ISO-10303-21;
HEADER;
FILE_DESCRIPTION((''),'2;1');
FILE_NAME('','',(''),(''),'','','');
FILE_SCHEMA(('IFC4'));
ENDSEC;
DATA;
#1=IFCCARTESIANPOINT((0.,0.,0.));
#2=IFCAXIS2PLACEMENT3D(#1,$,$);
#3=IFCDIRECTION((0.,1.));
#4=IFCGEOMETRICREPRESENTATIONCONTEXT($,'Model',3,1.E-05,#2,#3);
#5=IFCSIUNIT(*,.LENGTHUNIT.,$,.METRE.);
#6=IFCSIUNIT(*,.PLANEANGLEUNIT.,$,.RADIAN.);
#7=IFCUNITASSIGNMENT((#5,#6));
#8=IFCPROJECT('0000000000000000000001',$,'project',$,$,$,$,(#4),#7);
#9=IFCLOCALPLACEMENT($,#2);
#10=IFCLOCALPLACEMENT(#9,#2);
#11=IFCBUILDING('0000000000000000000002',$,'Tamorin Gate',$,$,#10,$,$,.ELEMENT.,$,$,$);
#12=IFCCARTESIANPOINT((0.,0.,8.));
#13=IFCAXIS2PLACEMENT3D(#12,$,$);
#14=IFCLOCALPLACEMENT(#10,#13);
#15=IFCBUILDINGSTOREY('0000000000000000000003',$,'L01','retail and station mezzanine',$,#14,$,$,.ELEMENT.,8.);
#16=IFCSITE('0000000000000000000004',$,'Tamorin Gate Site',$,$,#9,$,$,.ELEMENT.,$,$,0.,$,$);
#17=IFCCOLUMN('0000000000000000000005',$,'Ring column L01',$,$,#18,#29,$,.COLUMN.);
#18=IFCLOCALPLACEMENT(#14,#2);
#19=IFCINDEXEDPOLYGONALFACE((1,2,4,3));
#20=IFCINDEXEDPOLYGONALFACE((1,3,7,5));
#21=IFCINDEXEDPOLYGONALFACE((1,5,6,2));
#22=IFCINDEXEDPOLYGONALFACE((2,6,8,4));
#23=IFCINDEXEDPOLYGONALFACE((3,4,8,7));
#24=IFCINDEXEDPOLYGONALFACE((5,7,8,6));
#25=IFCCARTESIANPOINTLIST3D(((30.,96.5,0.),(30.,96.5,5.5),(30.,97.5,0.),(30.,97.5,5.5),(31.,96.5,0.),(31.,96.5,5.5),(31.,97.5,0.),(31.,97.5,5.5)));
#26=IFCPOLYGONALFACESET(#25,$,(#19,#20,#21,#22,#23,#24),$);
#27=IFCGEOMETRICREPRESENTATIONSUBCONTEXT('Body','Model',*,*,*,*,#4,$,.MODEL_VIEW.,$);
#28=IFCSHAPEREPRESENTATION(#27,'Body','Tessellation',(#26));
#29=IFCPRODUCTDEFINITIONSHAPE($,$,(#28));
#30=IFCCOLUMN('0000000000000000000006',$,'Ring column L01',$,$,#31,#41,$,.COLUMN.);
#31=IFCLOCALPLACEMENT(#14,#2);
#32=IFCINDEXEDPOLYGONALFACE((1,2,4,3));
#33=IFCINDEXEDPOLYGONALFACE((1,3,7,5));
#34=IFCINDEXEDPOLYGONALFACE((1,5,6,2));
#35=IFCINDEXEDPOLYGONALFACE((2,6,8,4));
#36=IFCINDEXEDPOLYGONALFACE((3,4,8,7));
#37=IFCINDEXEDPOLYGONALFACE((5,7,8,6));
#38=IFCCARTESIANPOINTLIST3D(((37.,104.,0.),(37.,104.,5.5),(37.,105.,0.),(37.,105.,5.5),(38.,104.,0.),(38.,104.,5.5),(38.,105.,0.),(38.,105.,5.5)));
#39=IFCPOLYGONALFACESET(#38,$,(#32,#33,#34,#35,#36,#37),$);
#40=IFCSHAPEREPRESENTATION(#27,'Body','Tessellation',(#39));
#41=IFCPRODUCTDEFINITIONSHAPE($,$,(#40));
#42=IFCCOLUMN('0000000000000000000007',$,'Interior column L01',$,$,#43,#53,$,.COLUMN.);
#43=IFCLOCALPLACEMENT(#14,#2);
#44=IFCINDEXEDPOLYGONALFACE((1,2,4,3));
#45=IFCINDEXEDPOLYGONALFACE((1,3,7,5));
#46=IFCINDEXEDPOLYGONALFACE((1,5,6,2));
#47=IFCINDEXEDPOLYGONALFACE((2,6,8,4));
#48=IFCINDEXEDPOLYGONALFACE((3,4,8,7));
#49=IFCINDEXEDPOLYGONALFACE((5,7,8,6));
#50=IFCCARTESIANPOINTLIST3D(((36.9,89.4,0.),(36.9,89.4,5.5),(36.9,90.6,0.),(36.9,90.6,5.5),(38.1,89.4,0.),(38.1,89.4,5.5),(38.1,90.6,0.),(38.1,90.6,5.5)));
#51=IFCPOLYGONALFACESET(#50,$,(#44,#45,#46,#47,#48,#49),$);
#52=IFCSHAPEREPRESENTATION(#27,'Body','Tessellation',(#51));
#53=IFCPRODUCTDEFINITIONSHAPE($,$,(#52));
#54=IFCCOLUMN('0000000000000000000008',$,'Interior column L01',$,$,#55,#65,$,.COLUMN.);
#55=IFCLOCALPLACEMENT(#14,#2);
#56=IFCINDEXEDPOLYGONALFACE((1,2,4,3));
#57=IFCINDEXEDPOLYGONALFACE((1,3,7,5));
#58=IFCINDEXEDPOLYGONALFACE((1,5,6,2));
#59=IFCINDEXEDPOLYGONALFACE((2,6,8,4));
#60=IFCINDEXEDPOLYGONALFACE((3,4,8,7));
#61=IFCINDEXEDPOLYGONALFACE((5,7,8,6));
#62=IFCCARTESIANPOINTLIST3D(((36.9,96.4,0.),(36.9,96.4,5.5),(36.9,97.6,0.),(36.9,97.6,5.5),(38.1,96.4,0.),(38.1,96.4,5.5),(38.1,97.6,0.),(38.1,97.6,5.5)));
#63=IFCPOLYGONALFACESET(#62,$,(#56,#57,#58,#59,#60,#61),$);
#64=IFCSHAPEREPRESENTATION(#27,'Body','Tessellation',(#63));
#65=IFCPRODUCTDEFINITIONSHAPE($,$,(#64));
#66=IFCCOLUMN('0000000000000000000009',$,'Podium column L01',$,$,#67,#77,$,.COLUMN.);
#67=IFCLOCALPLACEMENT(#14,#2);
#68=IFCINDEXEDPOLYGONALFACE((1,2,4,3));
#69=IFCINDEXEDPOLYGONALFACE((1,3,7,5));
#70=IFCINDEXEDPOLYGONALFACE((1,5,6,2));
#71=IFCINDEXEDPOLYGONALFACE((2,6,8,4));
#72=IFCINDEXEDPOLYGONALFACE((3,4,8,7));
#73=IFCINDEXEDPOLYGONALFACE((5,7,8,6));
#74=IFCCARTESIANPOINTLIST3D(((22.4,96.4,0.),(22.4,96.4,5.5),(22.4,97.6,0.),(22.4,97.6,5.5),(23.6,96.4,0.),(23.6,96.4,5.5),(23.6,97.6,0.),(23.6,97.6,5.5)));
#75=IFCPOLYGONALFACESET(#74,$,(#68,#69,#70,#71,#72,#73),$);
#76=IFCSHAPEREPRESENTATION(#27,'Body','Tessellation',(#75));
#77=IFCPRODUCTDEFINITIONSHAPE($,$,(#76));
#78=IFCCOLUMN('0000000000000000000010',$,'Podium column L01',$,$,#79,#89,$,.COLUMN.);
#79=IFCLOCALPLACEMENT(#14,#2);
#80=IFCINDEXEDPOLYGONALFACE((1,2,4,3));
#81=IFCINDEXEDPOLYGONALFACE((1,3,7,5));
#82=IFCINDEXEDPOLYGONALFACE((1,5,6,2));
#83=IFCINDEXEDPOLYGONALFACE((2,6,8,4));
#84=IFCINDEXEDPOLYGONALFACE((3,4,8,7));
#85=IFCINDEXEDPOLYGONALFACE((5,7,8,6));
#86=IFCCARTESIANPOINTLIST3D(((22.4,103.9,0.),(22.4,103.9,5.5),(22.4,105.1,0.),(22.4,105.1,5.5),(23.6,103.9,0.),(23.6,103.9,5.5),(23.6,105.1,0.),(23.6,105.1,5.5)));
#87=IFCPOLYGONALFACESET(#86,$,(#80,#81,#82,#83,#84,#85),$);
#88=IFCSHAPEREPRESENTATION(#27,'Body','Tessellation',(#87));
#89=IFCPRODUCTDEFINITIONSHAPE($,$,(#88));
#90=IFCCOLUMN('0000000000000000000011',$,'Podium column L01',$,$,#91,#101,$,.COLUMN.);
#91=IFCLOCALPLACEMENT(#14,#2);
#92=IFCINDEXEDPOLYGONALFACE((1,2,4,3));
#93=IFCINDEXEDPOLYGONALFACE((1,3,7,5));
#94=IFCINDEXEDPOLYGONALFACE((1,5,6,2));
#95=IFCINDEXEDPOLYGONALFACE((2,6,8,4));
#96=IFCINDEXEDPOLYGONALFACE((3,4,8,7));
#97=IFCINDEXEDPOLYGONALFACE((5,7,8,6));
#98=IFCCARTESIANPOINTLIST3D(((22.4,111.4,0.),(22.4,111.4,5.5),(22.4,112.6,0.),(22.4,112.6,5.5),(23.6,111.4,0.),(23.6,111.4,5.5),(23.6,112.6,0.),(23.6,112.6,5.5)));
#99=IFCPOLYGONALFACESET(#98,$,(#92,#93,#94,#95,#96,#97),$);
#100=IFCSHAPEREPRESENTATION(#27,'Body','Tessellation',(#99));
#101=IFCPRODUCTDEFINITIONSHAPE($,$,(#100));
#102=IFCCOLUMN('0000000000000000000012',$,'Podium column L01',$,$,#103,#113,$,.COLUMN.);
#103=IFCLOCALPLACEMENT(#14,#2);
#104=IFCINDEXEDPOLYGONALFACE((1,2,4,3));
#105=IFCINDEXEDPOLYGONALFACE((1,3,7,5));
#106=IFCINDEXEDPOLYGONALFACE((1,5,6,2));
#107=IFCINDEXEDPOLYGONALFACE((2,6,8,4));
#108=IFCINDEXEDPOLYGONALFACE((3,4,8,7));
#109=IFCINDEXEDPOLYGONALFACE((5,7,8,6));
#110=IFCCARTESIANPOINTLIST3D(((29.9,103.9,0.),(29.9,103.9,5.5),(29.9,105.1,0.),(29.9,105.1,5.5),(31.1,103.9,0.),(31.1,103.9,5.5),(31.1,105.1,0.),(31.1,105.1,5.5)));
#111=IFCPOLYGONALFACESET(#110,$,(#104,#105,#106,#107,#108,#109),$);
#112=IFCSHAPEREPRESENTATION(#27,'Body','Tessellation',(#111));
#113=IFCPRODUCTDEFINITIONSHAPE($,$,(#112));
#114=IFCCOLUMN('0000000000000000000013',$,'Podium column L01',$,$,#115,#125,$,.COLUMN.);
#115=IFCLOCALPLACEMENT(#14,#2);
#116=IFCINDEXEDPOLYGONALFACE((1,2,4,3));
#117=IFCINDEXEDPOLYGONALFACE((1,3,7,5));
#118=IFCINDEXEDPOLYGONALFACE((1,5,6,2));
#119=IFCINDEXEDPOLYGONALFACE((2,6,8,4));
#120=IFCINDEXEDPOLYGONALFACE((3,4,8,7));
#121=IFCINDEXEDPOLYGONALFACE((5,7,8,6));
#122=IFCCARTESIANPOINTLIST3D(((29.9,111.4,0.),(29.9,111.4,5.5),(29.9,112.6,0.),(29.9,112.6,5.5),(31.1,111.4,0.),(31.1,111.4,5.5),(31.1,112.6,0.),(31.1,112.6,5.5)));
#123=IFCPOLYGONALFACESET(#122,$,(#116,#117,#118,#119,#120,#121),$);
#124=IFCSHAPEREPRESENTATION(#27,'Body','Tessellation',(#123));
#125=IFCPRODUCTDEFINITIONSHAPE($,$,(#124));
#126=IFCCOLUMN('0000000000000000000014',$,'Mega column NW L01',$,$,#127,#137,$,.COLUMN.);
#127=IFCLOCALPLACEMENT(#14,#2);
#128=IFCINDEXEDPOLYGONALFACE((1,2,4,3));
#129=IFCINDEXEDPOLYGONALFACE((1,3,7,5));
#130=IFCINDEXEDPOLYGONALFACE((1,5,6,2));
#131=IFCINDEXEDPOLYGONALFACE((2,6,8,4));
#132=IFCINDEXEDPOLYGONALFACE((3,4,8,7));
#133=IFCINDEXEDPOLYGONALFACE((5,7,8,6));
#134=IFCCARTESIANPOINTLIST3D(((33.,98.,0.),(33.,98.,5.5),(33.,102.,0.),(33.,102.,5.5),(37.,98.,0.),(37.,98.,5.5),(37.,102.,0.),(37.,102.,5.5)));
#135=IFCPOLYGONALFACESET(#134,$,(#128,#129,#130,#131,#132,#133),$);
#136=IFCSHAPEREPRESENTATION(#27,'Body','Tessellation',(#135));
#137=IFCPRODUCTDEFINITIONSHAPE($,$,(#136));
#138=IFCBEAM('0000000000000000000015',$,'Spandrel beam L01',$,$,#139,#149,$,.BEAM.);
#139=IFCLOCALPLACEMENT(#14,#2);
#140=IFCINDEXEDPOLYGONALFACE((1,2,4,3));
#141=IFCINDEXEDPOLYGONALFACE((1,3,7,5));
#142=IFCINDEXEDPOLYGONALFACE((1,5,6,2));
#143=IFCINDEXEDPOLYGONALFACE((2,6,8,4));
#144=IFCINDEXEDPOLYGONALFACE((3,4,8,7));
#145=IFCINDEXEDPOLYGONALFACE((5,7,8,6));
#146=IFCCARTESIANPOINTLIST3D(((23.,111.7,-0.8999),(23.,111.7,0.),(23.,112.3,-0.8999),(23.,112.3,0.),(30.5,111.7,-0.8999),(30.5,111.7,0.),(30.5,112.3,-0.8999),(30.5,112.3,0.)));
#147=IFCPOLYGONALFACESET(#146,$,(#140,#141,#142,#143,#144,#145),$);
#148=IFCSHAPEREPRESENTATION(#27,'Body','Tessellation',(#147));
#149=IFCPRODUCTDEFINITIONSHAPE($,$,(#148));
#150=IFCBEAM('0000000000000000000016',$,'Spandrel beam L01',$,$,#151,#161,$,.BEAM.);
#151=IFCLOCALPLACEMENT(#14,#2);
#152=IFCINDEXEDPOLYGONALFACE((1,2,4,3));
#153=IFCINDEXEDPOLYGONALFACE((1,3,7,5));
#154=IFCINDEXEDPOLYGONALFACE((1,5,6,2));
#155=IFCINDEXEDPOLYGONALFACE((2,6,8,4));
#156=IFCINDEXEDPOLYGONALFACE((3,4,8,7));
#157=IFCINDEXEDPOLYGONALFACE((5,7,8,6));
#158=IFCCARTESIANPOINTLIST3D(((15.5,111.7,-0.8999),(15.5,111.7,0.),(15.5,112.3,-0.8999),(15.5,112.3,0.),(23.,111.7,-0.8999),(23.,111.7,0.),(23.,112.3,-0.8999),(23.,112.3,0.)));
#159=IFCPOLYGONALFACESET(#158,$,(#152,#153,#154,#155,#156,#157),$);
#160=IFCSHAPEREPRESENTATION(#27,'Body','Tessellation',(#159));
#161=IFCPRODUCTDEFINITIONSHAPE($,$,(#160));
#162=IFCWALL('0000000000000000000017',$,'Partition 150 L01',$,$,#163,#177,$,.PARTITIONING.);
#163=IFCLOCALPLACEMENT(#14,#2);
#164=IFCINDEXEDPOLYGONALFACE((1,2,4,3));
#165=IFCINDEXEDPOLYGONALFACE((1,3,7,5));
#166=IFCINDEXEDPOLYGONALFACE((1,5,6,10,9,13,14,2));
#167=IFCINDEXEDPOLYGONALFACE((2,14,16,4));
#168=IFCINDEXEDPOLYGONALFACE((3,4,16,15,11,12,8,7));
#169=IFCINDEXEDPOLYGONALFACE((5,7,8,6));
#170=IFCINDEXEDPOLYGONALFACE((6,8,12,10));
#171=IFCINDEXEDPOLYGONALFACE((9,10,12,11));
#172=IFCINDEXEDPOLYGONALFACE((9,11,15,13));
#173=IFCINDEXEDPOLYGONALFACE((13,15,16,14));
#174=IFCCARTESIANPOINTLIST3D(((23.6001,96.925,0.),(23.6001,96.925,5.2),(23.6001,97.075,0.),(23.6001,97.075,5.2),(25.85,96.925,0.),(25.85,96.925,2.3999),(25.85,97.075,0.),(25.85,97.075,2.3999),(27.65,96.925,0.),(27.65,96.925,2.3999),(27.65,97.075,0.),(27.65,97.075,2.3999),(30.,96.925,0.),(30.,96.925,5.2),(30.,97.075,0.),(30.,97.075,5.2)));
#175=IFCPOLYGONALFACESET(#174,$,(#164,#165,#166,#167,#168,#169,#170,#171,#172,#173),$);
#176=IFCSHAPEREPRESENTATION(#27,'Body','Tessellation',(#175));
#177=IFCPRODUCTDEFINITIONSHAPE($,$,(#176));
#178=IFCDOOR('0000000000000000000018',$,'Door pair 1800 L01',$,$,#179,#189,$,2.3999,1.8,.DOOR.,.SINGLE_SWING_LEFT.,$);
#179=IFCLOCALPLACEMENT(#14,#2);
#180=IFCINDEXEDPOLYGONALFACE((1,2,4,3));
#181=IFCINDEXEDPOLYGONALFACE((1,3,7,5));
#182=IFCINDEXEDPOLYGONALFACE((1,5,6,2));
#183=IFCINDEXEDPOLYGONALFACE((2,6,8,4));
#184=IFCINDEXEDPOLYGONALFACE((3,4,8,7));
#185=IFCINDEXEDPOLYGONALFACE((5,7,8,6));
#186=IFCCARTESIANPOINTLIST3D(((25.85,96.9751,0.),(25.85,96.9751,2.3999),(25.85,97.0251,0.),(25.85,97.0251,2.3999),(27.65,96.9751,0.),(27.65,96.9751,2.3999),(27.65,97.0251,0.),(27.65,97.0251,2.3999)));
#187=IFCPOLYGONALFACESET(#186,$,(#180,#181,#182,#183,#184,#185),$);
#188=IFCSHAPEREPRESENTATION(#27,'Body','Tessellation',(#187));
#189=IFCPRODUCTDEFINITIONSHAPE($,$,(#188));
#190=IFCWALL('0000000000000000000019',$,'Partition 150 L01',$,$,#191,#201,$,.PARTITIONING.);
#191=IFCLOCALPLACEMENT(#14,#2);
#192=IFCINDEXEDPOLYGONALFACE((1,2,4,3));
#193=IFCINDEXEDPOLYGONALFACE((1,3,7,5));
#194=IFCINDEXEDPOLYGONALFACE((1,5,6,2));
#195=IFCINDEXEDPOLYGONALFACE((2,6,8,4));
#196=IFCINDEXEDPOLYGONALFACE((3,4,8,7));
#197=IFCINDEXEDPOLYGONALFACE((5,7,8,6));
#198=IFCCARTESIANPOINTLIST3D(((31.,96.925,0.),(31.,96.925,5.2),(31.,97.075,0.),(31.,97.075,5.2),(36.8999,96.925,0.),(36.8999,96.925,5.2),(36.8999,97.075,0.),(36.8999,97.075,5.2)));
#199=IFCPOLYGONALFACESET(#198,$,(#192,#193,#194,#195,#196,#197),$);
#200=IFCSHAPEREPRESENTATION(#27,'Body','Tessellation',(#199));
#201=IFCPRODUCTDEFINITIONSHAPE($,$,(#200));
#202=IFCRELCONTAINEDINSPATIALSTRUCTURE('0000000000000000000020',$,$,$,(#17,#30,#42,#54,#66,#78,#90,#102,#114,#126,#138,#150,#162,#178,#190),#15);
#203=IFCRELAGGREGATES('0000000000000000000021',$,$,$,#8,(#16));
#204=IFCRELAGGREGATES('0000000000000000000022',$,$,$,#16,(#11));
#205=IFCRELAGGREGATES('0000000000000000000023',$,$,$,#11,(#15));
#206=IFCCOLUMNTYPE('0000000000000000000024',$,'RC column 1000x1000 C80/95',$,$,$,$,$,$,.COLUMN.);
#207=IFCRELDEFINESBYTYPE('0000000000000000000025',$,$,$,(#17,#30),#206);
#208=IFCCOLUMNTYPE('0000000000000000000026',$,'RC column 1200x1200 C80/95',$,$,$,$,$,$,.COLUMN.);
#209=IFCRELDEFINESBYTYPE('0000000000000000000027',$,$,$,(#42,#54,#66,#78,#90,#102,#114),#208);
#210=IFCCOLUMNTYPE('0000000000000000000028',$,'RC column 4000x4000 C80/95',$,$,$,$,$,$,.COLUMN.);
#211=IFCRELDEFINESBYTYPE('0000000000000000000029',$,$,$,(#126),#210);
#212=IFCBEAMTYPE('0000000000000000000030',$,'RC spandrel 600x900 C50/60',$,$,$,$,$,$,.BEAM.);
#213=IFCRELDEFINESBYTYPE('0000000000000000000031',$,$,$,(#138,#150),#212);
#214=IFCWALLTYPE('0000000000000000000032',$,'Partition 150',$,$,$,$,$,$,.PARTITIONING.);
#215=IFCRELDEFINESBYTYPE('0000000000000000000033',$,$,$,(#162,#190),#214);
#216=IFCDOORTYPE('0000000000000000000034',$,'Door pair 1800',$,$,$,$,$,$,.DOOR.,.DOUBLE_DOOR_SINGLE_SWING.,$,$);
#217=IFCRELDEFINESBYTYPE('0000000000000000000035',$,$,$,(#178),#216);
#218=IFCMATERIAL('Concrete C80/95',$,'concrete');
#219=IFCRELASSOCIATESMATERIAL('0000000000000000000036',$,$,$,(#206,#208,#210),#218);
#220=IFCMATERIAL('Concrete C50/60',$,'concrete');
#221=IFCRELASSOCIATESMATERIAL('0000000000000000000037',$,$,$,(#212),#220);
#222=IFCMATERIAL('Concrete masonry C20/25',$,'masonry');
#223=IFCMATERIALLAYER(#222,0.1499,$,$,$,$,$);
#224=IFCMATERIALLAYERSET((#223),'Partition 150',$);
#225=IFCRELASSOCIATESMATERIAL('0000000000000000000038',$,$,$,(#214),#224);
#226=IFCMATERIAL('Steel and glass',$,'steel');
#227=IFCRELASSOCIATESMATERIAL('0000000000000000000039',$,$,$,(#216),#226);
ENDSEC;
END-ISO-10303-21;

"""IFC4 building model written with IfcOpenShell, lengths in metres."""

from ifc_helpers import new_model, si_unit, direction, frame, frame_2d, origin, origin_2d, place, context, subcontext, project, spatial, rectangle, extrude, material, layer, layer_set, material_profile, profile_set, type_object, element, fill, save


model = new_model("IFC4")

# Units and contexts
model_context = context("Model", 3, precision=1e-05, world=origin(), true_north=direction((0.0, 1.0)))
body_context = subcontext(model_context, "Body", "Model", "MODEL_VIEW")
ifc_project = project(units=[si_unit("LENGTHUNIT", "METRE"), si_unit("PLANEANGLEUNIT", "RADIAN")], contexts=[model_context])

# Site, building, storey
site_placement = place(None, origin())
site = spatial("IfcSite", under=ifc_project, at=site_placement, Name="Tamorin Gate Site", CompositionType="ELEMENT", RefElevation=0.0)
building_placement = place(site_placement, origin())
building = spatial("IfcBuilding", under=site, at=building_placement, Name="Tamorin Gate", CompositionType="ELEMENT")
storey_placement = place(building_placement, frame((0.0, 0.0, 8.0)))
storey = spatial("IfcBuildingStorey", under=building, at=storey_placement, Name="L01", Description="retail and station mezzanine", CompositionType="ELEMENT", Elevation=8.0)

# Columns
ifc_material_1 = material(Name="Concrete C80/95", Category="concrete")
ifc_material_profile_1 = material_profile(ifc_material_1, rectangle(XDim=1.0, YDim=1.0, at=origin_2d()), Name="RC 1000x1000")
ifc_profile_set_1 = profile_set([ifc_material_profile_1], Name="Concrete C80/95")
column_type_1 = type_object("IfcColumnType", Name="RC column 1000x1000 C80/95", PredefinedType="COLUMN", material=ifc_profile_set_1)
for number, where, z_axis, x_axis, name in (
    (1, (30.5, 97.0, 0.0), (0.0, 0.0, 1.0), (1.0, 0.0, 0.0), "Ring column L01"),
    (2, (37.5, 104.5, 0.0), (0.0, 0.0, 1.0), (1.0, 0.0, 0.0), "Ring column L01"),
):
    element("IfcColumn", number, at=place(storey_placement, frame(where, z_axis=z_axis, x_axis=x_axis)), inside=storey, type_object=column_type_1, Name=name, PredefinedType="COLUMN", context=body_context, shape_type="SweptSolid", body=[
        extrude(rectangle(XDim=1.0, YDim=1.0, at=origin_2d()), origin(), (0.0, 0.0, 1.0), 5.5),
    ])
ifc_material_profile_2 = material_profile(ifc_material_1, rectangle(XDim=1.2, YDim=1.2, at=origin_2d()), Name="RC 1200x1200")
ifc_profile_set_2 = profile_set([ifc_material_profile_2], Name="Concrete C80/95")
column_type_2 = type_object("IfcColumnType", Name="RC column 1200x1200 C80/95", PredefinedType="COLUMN", material=ifc_profile_set_2)
for number, where, z_axis, x_axis, name in (
    (3, (37.5, 90.0, 0.0), (0.0, 0.0, 1.0), (1.0, 0.0, 0.0), "Interior column L01"),
    (4, (37.5, 97.0, 0.0), (0.0, 0.0, 1.0), (1.0, 0.0, 0.0), "Interior column L01"),
    (5, (23.0, 97.0, 0.0), (0.0, 0.0, 1.0), (1.0, 0.0, 0.0), "Podium column L01"),
    (6, (23.0, 104.5, 0.0), (0.0, 0.0, 1.0), (1.0, 0.0, 0.0), "Podium column L01"),
    (7, (23.0, 112.0, 0.0), (0.0, 0.0, 1.0), (1.0, 0.0, 0.0), "Podium column L01"),
    (8, (30.5, 104.5, 0.0), (0.0, 0.0, 1.0), (1.0, 0.0, 0.0), "Podium column L01"),
    (9, (30.5, 112.0, 0.0), (0.0, 0.0, 1.0), (1.0, 0.0, 0.0), "Podium column L01"),
):
    element("IfcColumn", number, at=place(storey_placement, frame(where, z_axis=z_axis, x_axis=x_axis)), inside=storey, type_object=column_type_2, Name=name, PredefinedType="COLUMN", context=body_context, shape_type="SweptSolid", body=[
        extrude(rectangle(XDim=1.2, YDim=1.2, at=origin_2d()), origin(), (0.0, 0.0, 1.0), 5.5),
    ])
ifc_material_profile_3 = material_profile(ifc_material_1, rectangle(XDim=4.0, YDim=4.0, at=origin_2d()), Name="RC 4000x4000")
ifc_profile_set_3 = profile_set([ifc_material_profile_3], Name="Concrete C80/95")
column_type_3 = type_object("IfcColumnType", Name="RC column 4000x4000 C80/95", PredefinedType="COLUMN", material=ifc_profile_set_3)
column_placement = place(storey_placement, frame((35.0, 100.0, 0.0), z_axis=(0.0, 0.0, 1.0), x_axis=(1.0, 0.0, 0.0)))
element("IfcColumn", 10, at=column_placement, inside=storey, type_object=column_type_3, Name="Mega column NW L01", PredefinedType="COLUMN", context=body_context, shape_type="SweptSolid", body=[
    extrude(rectangle(XDim=4.0, YDim=4.0, at=origin_2d()), origin(), (0.0, 0.0, 1.0), 5.5),
])

# Beams
ifc_material_2 = material(Name="Concrete C50/60", Category="concrete")
ifc_material_profile_4 = material_profile(ifc_material_2, rectangle(XDim=0.6001, YDim=0.8999, at=origin_2d()), Name="RC 600x900")
ifc_profile_set_4 = profile_set([ifc_material_profile_4], Name="Concrete C50/60")
beam_type = type_object("IfcBeamType", Name="RC spandrel 600x900 C50/60", PredefinedType="BEAM", material=ifc_profile_set_4)
for number, where, z_axis, x_axis, name in (
    (11, (30.5, 112.0, -0.45), (-1.0, 0.0, 0.0), (0.0, -1.0, 0.0), "Spandrel beam L01"),
    (12, (23.0, 112.0, -0.45), (-1.0, 0.0, 0.0), (0.0, -1.0, 0.0), "Spandrel beam L01"),
):
    element("IfcBeam", number, at=place(storey_placement, frame(where, z_axis=z_axis, x_axis=x_axis)), inside=storey, type_object=beam_type, Name=name, PredefinedType="BEAM", context=body_context, shape_type="SweptSolid", body=[
        extrude(rectangle(XDim=0.6001, YDim=0.8999, at=origin_2d()), origin(), (0.0, 0.0, 1.0), 7.5),
    ])

# Wall, opening, door
ifc_material_3 = material(Name="Concrete masonry C20/25", Category="masonry")
ifc_layer_1 = layer(ifc_material_3, 0.1499)
ifc_layer_set_1 = layer_set([ifc_layer_1], Name="Partition 150")
wall_type_1 = type_object("IfcWallType", Name="Partition 150", PredefinedType="PARTITIONING", material=ifc_layer_set_1)
wall_1_placement = place(storey_placement, frame((30.0, 97.0, 0.0), z_axis=(0.0, 0.0, 1.0), x_axis=(-1.0, 0.0, 0.0)))
wall_1 = element("IfcWall", 13, at=wall_1_placement, inside=storey, type_object=wall_type_1, Name="Partition 150 L01", PredefinedType="PARTITIONING", context=body_context, shape_type="SweptSolid", body=[
    extrude(rectangle(XDim=6.3999, YDim=0.1499, at=frame_2d((3.2, 0.0))), origin(), (0.0, 0.0, 1.0), 5.2),
])
opening_1_placement = place(wall_1_placement, frame((2.3501, 0.0, 0.0)))
opening_1 = element("IfcOpeningElement", 14, at=opening_1_placement, cuts=wall_1, PredefinedType="OPENING", context=body_context, shape_type="SweptSolid", body=[
    extrude(rectangle(XDim=1.8, YDim=2.3999, at=frame_2d((0.8999, 1.2))), frame((0.0, 0.085, 0.0), z_axis=(0.0, -1.0, 0.0), x_axis=(1.0, 0.0, 0.0)), (0.0, 0.0, 1.0), 0.1699),
])
ifc_material_4 = material(Name="Steel and glass", Category="steel")
door_type = type_object("IfcDoorType", Name="Door pair 1800", OperationType="DOUBLE_DOOR_SINGLE_SWING", PredefinedType="DOOR", material=ifc_material_4)
door_placement = place(opening_1_placement, origin())
door = element("IfcDoor", 15, at=door_placement, inside=storey, type_object=door_type, Name="Door pair 1800 L01", OperationType="SINGLE_SWING_LEFT", OverallHeight=2.3999, OverallWidth=1.8, PredefinedType="DOOR", context=body_context, shape_type="SweptSolid", body=[
    extrude(rectangle(XDim=1.8, YDim=2.3999, at=frame_2d((0.8999, 1.2))), frame((0.0, 0.0249, 0.0), z_axis=(0.0, -1.0, 0.0), x_axis=(1.0, 0.0, 0.0)), (0.0, 0.0, 1.0), 0.05),
])
fill(opening_1, door)

# Wall
wall_2_placement = place(storey_placement, frame((31.0, 97.0, 0.0), z_axis=(0.0, 0.0, 1.0), x_axis=(1.0, 0.0, 0.0)))
element("IfcWall", 16, at=wall_2_placement, inside=storey, type_object=wall_type_1, Name="Partition 150 L01", PredefinedType="PARTITIONING", context=body_context, shape_type="SweptSolid", body=[
    extrude(rectangle(XDim=5.8999, YDim=0.1499, at=frame_2d((2.95, 0.0))), origin(), (0.0, 0.0, 1.0), 5.2),
])

save(model, "model.ifc")
